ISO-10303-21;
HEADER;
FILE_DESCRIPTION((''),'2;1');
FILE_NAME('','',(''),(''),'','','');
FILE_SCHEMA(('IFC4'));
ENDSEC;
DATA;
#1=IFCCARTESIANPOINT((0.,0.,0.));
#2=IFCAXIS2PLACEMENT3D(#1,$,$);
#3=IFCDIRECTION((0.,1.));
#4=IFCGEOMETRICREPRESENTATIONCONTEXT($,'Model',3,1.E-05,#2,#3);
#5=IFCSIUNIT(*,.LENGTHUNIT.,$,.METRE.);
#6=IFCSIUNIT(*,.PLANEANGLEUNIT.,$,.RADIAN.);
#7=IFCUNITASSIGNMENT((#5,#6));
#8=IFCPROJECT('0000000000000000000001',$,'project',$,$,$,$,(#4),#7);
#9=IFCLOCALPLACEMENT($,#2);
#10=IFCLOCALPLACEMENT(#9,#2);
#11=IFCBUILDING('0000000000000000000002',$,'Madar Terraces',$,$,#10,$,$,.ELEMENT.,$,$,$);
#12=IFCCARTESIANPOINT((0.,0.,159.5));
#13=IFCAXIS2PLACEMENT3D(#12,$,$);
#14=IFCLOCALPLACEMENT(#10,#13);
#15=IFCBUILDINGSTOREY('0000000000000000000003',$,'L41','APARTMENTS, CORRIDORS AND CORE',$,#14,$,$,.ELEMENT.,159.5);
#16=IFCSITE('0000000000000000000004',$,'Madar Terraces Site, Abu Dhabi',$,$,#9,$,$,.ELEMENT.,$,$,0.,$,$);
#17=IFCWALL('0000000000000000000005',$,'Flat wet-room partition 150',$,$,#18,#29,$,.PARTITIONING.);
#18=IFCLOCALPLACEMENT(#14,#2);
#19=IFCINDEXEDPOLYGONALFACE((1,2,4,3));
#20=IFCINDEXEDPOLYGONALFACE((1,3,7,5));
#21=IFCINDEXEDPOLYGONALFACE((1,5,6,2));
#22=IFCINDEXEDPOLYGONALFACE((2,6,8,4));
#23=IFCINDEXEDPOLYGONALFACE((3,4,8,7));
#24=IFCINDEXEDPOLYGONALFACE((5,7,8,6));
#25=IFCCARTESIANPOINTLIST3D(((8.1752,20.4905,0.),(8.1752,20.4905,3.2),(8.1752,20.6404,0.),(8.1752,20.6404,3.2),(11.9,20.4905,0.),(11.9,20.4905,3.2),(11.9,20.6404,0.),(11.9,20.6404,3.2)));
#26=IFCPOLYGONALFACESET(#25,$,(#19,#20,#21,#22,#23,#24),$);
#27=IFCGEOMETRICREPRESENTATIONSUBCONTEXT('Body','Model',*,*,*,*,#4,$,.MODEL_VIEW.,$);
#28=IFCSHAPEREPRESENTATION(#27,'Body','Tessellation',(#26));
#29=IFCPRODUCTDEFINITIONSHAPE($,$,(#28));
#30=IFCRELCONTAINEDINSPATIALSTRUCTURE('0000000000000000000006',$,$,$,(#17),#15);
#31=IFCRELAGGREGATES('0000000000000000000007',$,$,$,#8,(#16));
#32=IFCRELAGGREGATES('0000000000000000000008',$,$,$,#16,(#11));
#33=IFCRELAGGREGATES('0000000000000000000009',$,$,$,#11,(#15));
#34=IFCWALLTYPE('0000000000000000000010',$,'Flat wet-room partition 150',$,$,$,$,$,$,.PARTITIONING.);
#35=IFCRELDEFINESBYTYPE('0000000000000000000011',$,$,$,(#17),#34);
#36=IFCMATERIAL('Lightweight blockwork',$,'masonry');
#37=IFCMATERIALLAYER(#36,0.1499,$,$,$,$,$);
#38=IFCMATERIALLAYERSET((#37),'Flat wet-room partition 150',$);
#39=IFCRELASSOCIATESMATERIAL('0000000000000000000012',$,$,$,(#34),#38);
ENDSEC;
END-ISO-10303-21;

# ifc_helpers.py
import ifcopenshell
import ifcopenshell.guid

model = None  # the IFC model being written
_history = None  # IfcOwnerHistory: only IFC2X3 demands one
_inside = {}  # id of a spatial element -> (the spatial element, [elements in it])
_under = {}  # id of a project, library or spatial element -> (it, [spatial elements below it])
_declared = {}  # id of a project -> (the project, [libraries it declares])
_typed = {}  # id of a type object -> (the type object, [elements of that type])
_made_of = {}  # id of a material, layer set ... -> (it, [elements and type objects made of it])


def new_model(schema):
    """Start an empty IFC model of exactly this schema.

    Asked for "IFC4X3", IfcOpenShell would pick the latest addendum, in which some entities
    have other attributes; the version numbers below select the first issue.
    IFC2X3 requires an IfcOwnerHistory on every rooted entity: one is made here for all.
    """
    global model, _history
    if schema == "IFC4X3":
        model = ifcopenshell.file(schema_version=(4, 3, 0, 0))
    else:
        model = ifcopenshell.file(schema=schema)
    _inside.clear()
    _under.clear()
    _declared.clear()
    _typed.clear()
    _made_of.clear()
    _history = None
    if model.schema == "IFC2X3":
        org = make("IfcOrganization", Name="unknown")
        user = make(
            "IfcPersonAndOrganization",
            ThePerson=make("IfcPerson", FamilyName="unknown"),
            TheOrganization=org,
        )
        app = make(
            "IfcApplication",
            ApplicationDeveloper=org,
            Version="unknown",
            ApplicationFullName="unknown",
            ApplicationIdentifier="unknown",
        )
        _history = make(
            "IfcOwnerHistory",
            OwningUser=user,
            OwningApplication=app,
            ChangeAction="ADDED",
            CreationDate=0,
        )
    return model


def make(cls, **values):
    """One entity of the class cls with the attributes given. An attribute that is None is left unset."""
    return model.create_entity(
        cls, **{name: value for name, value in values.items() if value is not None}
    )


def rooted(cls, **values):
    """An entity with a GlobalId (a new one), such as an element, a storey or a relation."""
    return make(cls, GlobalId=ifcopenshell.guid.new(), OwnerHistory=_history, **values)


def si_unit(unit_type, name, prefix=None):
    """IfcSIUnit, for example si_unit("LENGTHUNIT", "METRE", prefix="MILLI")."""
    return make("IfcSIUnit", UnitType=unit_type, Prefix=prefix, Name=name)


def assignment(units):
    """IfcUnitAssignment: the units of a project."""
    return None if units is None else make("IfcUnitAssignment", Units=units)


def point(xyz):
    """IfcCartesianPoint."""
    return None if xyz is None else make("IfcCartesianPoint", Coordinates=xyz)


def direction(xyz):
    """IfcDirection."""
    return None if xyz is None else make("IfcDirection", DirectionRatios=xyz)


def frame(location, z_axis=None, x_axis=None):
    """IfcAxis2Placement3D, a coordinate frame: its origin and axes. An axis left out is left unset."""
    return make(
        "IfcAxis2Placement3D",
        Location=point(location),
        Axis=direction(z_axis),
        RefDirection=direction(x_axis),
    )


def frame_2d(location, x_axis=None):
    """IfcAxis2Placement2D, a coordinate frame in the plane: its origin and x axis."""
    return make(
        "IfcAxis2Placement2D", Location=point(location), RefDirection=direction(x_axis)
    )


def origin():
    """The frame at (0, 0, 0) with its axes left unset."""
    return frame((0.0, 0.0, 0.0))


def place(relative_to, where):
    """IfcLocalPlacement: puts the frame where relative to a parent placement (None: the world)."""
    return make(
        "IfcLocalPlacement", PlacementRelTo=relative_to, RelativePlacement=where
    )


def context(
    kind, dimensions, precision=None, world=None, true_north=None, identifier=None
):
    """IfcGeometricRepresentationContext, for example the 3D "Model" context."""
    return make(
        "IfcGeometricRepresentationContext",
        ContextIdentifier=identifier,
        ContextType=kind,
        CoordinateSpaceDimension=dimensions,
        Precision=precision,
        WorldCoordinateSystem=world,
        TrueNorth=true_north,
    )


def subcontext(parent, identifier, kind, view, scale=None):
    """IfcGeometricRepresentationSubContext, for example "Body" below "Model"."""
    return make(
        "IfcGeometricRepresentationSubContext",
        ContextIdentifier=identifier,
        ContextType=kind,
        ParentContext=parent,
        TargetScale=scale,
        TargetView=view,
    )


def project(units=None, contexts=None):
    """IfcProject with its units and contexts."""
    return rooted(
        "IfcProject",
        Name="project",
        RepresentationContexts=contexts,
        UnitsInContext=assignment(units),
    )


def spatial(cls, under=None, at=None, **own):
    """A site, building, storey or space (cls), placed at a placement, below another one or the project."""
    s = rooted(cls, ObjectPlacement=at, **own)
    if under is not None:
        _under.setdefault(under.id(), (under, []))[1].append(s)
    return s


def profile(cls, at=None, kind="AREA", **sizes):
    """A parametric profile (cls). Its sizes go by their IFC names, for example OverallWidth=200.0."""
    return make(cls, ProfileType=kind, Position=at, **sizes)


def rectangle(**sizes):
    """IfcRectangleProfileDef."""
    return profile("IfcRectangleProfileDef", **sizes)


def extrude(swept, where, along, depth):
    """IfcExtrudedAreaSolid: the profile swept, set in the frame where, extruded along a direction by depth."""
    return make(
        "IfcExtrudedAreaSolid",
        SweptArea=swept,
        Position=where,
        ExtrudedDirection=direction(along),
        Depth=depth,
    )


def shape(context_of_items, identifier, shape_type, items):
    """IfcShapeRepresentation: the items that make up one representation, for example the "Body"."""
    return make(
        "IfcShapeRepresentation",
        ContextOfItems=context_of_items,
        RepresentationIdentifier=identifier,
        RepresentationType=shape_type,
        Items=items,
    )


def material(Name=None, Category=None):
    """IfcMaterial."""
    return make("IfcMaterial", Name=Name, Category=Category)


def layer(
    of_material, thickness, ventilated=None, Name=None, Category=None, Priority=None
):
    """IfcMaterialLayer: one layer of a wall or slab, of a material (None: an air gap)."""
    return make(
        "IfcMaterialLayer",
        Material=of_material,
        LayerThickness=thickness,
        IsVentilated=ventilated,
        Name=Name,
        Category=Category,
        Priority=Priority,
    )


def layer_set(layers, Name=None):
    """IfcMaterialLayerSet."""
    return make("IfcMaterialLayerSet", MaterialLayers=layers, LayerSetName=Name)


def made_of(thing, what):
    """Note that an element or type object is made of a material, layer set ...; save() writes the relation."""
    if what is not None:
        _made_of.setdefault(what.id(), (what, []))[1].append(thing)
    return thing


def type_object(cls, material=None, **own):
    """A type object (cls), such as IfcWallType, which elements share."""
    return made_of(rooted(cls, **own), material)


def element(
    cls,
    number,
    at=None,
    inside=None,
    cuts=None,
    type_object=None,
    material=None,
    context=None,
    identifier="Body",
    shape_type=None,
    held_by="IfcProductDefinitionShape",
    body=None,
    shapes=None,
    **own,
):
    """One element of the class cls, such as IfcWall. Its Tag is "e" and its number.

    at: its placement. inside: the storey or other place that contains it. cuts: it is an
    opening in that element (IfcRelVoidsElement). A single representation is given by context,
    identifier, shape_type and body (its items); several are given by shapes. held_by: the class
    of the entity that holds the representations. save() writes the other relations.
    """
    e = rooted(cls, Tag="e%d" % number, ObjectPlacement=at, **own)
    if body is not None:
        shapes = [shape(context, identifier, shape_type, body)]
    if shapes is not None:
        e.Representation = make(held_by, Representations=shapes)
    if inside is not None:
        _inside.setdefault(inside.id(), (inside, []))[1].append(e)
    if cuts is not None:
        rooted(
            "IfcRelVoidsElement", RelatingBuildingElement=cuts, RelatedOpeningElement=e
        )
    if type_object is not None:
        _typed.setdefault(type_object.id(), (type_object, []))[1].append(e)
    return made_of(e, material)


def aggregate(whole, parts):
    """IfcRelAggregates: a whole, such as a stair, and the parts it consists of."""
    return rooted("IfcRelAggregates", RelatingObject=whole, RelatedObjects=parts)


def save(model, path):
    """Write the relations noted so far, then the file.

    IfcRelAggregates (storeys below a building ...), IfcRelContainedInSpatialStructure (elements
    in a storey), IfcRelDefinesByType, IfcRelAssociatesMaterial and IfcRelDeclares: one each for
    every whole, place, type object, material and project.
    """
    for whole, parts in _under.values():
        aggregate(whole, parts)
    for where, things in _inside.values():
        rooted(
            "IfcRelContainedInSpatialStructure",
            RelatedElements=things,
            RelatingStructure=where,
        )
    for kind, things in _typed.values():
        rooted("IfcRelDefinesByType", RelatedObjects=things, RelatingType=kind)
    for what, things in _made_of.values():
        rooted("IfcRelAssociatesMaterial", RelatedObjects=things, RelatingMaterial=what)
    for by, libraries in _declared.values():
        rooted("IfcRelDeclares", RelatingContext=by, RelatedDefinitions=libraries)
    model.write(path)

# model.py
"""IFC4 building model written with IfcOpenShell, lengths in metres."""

from ifc_helpers import new_model, si_unit, direction, frame, frame_2d, origin, place, context, subcontext, project, spatial, rectangle, extrude, material, layer, layer_set, type_object, element, save


model = new_model("IFC4")

# Units and contexts
model_context = context("Model", 3, precision=1e-05, world=origin(), true_north=direction((0.0, 1.0)))
body_context = subcontext(model_context, "Body", "Model", "MODEL_VIEW")
ifc_project = project(units=[si_unit("LENGTHUNIT", "METRE"), si_unit("PLANEANGLEUNIT", "RADIAN")], contexts=[model_context])

# Site, building, storey
site_placement = place(None, origin())
site = spatial("IfcSite", under=ifc_project, at=site_placement, Name="Madar Terraces Site, Abu Dhabi", CompositionType="ELEMENT", RefElevation=0.0)
building_placement = place(site_placement, origin())
building = spatial("IfcBuilding", under=site, at=building_placement, Name="Madar Terraces", CompositionType="ELEMENT")
storey_placement = place(building_placement, frame((0.0, 0.0, 159.5)))
storey = spatial("IfcBuildingStorey", under=building, at=storey_placement, Name="L41", Description="APARTMENTS, CORRIDORS AND CORE", CompositionType="ELEMENT", Elevation=159.5)

# Wall
ifc_material_1 = material(Name="Lightweight blockwork", Category="masonry")
ifc_layer_1 = layer(ifc_material_1, 0.1499)
ifc_layer_set_1 = layer_set([ifc_layer_1], Name="Flat wet-room partition 150")
wall_type_1 = type_object("IfcWallType", Name="Flat wet-room partition 150", PredefinedType="PARTITIONING", material=ifc_layer_set_1)
wall_1_placement = place(storey_placement, frame((11.8999, 20.5654, 0.0), z_axis=(0.0, 0.0, 1.0), x_axis=(-1.0, 0.0, 0.0)))
element("IfcWall", 1, at=wall_1_placement, inside=storey, type_object=wall_type_1, Name="Flat wet-room partition 150", PredefinedType="PARTITIONING", context=body_context, shape_type="SweptSolid", body=[
    extrude(rectangle(XDim=3.7249, YDim=0.1499, at=frame_2d((1.8623, 0.0))), origin(), (0.0, 0.0, 1.0), 3.2),
])

save(model, "model.ifc")
